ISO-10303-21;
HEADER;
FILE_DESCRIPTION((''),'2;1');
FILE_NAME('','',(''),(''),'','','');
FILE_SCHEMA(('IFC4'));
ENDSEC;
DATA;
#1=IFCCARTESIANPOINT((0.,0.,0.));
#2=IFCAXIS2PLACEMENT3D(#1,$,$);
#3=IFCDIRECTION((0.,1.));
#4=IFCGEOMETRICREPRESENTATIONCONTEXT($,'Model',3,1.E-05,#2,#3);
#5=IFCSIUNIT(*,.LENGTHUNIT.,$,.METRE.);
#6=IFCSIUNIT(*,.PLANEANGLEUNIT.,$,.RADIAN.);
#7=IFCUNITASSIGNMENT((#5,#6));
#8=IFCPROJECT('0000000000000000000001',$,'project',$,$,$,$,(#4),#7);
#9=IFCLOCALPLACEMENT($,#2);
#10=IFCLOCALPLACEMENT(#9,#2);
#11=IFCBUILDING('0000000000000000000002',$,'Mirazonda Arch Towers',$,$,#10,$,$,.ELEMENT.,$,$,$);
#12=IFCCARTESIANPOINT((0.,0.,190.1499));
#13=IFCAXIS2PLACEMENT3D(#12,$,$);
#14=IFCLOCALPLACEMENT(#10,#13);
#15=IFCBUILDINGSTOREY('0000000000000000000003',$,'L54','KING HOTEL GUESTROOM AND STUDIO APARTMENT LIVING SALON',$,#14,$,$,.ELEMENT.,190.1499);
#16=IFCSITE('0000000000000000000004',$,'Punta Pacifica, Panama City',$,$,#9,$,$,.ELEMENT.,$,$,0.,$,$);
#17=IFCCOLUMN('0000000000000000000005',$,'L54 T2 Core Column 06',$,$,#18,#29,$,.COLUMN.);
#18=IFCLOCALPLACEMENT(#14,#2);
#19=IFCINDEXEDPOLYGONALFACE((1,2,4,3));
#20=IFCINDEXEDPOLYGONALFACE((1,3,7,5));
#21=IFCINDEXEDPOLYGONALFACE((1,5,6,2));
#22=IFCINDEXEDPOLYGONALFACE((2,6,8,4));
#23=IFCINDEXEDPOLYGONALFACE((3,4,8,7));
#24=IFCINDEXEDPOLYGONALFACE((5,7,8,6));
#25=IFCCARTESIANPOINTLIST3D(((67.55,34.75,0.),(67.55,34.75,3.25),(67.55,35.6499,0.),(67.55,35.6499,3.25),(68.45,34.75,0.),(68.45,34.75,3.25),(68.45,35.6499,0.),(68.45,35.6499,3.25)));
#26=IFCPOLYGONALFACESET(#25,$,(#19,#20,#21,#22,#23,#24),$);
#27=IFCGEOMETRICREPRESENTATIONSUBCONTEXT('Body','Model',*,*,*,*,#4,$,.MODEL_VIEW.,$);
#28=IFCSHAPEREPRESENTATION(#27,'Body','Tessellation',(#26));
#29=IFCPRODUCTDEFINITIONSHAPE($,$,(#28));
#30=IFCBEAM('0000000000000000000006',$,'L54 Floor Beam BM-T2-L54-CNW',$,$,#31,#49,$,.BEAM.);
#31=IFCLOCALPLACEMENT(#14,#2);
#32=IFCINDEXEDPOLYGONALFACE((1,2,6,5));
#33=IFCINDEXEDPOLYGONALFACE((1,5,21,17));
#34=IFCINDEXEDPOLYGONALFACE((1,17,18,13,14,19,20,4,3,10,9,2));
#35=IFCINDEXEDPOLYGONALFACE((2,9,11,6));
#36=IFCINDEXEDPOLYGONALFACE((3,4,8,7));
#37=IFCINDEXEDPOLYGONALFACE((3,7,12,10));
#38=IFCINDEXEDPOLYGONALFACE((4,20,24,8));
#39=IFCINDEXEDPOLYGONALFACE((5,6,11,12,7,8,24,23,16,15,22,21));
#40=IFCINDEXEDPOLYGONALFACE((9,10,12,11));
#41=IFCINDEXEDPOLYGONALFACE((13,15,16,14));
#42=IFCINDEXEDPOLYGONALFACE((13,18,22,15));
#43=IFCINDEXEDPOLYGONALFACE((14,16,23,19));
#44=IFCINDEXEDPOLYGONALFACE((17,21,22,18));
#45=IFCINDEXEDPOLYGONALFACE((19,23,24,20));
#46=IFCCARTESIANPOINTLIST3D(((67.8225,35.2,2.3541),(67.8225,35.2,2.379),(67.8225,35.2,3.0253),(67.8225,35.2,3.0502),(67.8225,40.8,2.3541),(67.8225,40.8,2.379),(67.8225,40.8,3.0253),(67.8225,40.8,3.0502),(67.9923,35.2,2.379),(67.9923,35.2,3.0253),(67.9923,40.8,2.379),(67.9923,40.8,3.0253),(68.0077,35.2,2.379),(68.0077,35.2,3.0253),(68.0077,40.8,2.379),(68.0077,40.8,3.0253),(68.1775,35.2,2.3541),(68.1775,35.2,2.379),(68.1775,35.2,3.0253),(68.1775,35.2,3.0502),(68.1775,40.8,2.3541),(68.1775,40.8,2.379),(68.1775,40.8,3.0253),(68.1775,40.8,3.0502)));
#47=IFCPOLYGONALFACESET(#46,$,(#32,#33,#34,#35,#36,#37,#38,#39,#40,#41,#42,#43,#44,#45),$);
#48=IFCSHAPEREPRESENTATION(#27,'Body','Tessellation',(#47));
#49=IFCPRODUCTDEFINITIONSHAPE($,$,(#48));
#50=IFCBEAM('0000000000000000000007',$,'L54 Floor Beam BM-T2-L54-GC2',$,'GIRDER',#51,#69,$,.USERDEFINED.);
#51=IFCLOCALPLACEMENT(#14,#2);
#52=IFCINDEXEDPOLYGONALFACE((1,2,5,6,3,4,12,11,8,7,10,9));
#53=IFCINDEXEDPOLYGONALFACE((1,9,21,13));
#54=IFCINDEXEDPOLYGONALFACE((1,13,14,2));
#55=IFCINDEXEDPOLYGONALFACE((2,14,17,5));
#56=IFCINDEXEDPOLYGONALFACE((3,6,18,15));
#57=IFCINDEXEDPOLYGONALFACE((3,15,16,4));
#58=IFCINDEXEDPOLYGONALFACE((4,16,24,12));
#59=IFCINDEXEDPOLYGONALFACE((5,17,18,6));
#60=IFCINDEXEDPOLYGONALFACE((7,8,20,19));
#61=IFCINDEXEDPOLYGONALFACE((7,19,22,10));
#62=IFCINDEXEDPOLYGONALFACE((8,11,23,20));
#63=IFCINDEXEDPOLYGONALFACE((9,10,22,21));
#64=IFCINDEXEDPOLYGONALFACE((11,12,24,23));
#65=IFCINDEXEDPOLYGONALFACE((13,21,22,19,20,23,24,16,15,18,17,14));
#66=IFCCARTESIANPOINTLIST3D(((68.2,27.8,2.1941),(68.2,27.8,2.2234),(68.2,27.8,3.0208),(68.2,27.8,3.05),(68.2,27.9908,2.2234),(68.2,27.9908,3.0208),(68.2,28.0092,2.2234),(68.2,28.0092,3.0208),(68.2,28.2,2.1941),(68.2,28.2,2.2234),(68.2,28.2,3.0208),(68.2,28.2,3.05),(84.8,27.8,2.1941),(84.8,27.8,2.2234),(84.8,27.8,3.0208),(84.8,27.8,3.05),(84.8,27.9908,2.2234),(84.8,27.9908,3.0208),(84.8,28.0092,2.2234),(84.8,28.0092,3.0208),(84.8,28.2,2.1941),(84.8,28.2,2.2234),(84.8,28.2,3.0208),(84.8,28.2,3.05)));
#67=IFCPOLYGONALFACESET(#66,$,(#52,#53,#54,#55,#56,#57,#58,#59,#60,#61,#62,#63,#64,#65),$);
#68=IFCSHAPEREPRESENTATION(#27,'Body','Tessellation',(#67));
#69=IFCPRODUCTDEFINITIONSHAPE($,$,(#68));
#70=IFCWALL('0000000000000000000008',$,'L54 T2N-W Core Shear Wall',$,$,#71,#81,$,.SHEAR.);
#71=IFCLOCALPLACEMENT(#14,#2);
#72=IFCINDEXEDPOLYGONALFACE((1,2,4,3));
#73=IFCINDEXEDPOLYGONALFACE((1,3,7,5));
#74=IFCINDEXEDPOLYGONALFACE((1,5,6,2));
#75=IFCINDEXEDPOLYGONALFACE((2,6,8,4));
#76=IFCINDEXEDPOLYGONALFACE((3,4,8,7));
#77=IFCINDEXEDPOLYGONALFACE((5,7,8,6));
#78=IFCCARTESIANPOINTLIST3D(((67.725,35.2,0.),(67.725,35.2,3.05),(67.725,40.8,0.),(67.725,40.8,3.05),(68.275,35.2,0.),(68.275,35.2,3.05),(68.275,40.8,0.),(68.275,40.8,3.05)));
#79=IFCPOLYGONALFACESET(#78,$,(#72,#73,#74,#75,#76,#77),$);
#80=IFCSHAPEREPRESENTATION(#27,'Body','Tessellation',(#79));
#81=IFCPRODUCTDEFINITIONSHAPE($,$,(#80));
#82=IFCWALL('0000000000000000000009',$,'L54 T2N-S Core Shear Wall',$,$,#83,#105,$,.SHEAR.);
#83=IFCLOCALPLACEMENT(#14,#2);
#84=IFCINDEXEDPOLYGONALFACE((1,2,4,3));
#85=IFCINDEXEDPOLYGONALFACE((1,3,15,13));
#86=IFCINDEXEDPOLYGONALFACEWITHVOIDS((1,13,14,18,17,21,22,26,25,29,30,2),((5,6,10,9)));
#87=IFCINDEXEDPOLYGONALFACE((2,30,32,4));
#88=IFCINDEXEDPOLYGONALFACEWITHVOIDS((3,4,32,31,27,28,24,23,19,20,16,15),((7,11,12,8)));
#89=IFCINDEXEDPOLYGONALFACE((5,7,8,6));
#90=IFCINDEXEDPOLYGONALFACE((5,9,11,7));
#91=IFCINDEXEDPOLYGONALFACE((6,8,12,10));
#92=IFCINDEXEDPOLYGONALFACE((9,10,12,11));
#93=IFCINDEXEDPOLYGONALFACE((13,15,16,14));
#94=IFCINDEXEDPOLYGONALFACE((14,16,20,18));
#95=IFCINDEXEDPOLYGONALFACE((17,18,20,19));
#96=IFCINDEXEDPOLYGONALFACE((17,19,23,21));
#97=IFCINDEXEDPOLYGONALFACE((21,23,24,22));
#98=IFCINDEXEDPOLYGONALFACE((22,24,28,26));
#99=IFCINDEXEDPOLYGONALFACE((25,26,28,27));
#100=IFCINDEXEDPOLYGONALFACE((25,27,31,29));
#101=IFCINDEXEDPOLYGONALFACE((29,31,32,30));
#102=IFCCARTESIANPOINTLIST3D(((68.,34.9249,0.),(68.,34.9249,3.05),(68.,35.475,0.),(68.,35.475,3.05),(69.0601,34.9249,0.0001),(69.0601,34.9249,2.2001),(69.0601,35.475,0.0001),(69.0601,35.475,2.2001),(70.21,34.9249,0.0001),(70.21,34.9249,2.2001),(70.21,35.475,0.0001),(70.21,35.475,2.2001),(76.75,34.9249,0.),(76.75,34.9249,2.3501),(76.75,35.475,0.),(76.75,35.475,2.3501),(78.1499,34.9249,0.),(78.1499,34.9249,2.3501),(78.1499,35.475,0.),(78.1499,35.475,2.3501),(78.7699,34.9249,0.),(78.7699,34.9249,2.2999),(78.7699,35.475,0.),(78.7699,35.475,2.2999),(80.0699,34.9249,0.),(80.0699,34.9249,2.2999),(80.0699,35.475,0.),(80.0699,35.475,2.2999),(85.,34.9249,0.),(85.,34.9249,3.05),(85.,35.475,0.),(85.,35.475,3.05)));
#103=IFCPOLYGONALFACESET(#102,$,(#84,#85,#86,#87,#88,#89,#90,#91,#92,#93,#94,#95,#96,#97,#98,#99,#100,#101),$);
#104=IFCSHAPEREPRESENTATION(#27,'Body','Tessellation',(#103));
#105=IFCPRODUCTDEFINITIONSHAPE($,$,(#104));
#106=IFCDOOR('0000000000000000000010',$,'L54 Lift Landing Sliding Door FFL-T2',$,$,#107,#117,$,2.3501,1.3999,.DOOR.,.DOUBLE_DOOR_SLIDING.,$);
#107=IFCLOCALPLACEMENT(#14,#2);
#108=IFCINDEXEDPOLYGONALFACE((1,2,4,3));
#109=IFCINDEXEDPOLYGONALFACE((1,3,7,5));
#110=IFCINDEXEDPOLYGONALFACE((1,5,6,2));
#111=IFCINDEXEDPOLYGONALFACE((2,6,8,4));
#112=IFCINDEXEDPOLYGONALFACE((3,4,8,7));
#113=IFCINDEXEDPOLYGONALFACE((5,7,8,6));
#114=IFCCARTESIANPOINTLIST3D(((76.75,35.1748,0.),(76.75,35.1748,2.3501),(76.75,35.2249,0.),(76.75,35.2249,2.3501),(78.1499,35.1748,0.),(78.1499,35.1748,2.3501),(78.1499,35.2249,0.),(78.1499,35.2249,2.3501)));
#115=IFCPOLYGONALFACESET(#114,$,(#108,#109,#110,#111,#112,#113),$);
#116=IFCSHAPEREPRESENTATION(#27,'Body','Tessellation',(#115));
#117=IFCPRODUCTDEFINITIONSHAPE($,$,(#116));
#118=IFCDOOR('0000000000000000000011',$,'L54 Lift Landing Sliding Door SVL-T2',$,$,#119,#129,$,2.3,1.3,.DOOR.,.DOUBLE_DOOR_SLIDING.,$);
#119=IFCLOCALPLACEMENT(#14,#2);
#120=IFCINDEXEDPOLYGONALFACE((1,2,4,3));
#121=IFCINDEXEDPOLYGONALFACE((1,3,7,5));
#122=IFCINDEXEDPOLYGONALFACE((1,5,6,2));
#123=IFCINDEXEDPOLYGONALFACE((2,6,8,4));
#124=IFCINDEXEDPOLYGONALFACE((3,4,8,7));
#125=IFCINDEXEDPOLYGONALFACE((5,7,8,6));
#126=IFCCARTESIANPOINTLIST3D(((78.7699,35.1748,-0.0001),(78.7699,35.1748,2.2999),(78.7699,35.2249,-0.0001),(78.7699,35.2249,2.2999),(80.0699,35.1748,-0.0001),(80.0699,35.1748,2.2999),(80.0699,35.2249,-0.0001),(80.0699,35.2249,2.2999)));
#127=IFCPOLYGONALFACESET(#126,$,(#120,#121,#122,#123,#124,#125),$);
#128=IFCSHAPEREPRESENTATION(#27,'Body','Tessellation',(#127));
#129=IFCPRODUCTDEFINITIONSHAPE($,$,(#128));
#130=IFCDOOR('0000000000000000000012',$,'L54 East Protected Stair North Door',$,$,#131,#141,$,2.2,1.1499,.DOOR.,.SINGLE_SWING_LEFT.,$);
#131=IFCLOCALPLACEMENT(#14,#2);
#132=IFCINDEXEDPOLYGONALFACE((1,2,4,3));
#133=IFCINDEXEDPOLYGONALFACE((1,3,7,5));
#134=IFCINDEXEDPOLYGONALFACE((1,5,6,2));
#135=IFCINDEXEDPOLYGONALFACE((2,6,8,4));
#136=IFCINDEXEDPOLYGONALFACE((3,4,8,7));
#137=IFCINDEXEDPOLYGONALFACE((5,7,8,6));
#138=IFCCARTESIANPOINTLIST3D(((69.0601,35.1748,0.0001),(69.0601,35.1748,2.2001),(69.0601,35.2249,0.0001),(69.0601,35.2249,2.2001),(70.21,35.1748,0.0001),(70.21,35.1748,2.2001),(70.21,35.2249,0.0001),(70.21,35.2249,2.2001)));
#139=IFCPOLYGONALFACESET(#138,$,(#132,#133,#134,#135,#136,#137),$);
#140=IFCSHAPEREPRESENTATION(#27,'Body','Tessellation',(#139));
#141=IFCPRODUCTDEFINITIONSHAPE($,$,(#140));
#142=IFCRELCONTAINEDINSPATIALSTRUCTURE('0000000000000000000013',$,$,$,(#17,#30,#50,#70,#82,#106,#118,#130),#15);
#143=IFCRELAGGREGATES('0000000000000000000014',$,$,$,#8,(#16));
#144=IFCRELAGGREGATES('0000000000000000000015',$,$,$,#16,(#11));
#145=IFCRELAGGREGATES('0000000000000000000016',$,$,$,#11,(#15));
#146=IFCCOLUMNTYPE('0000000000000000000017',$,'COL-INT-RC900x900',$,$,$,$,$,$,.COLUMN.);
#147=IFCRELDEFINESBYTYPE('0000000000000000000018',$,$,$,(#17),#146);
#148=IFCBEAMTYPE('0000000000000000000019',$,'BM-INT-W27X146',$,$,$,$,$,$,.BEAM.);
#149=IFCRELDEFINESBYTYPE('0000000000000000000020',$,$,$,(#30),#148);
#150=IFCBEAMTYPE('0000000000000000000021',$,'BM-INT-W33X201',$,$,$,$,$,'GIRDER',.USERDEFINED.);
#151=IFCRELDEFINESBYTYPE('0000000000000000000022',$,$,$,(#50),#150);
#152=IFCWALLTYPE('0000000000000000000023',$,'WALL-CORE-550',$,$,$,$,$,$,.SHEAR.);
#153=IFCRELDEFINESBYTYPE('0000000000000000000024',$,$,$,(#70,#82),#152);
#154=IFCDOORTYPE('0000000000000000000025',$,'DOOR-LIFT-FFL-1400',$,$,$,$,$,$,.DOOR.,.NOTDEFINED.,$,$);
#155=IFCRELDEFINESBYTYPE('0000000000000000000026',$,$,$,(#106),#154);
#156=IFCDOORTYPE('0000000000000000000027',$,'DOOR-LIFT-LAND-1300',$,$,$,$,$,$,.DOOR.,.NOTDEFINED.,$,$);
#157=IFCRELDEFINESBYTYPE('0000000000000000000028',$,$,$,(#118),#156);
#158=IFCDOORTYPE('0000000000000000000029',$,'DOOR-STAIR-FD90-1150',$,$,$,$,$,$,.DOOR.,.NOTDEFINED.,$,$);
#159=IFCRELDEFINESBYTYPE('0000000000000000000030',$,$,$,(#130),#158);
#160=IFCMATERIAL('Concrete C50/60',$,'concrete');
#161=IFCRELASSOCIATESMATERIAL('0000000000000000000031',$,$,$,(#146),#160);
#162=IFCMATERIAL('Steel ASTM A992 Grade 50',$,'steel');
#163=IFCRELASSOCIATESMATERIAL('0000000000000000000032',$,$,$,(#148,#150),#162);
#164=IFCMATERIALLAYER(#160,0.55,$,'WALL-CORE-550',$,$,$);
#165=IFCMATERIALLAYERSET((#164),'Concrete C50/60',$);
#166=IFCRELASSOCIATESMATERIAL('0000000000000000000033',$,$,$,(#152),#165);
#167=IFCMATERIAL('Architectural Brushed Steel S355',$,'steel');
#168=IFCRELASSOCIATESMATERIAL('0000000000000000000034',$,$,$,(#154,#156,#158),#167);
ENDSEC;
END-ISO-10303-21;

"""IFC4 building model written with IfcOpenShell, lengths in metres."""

from ifc_helpers import new_model, si_unit, direction, frame, frame_2d, origin, origin_2d, place, context, subcontext, project, spatial, rectangle, i_section, extrude, material, layer, layer_set, material_profile, profile_set, type_object, element, fill, save


model = new_model("IFC4")

# Units and contexts
model_context = context("Model", 3, precision=1e-05, world=origin(), true_north=direction((0.0, 1.0)))
body_context = subcontext(model_context, "Body", "Model", "MODEL_VIEW")
ifc_project = project(units=[si_unit("LENGTHUNIT", "METRE"), si_unit("PLANEANGLEUNIT", "RADIAN")], contexts=[model_context])

# Site, building, storey
site_placement = place(None, origin())
site = spatial("IfcSite", under=ifc_project, at=site_placement, Name="Punta Pacifica, Panama City", CompositionType="ELEMENT", RefElevation=0.0)
building_placement = place(site_placement, origin())
building = spatial("IfcBuilding", under=site, at=building_placement, Name="Mirazonda Arch Towers", CompositionType="ELEMENT")
storey_placement = place(building_placement, frame((0.0, 0.0, 190.1499)))
storey = spatial("IfcBuildingStorey", under=building, at=storey_placement, Name="L54", Description="KING HOTEL GUESTROOM AND STUDIO APARTMENT LIVING SALON", CompositionType="ELEMENT", Elevation=190.1499)

# Column
ifc_material_1 = material(Name="Concrete C50/60", Category="concrete")
ifc_material_profile_1 = material_profile(ifc_material_1, rectangle(XDim=0.8999, YDim=0.8999, at=origin_2d()), Name="RC900x900")
ifc_profile_set_1 = profile_set([ifc_material_profile_1], Name="Concrete C50/60")
column_type = type_object("IfcColumnType", Name="COL-INT-RC900x900", PredefinedType="COLUMN", material=ifc_profile_set_1)
column_placement = place(storey_placement, frame((68.0, 35.2, 0.0), z_axis=(0.0, 0.0, 1.0), x_axis=(1.0, 0.0, 0.0)))
element("IfcColumn", 1, at=column_placement, inside=storey, type_object=column_type, Name="L54 T2 Core Column 06", PredefinedType="COLUMN", context=body_context, shape_type="SweptSolid", body=[
    extrude(rectangle(XDim=0.8999, YDim=0.8999, at=origin_2d()), origin(), (0.0, 0.0, 1.0), 3.25),
])

# Beams
ifc_material_2 = material(Name="Steel ASTM A992 Grade 50", Category="steel")
ifc_material_profile_2 = material_profile(ifc_material_2, i_section(OverallWidth=0.355, OverallDepth=0.696, WebThickness=0.0154, FlangeThickness=0.0249, at=origin_2d()), Name="W27X146")
ifc_profile_set_2 = profile_set([ifc_material_profile_2], Name="Steel ASTM A992 Grade 50")
beam_type_1 = type_object("IfcBeamType", Name="BM-INT-W27X146", PredefinedType="BEAM", material=ifc_profile_set_2)
beam_1_placement = place(storey_placement, frame((68.0, 35.2, 2.7021), z_axis=(0.0, 1.0, 0.0), x_axis=(-1.0, 0.0, 0.0)))
element("IfcBeam", 2, at=beam_1_placement, inside=storey, type_object=beam_type_1, Name="L54 Floor Beam BM-T2-L54-CNW", PredefinedType="BEAM", context=body_context, shape_type="SweptSolid", body=[
    extrude(i_section(OverallWidth=0.355, OverallDepth=0.696, WebThickness=0.0154, FlangeThickness=0.0249, at=origin_2d()), origin(), (0.0, 0.0, 1.0), 5.6001),
])
ifc_material_profile_3 = material_profile(ifc_material_2, i_section(OverallWidth=0.3999, OverallDepth=0.856, WebThickness=0.0183, FlangeThickness=0.0293, at=origin_2d()), Name="W33X201")
ifc_profile_set_3 = profile_set([ifc_material_profile_3], Name="Steel ASTM A992 Grade 50")
beam_type_2 = type_object("IfcBeamType", Name="BM-INT-W33X201", ElementType="GIRDER", PredefinedType="USERDEFINED", material=ifc_profile_set_3)
beam_2_placement = place(storey_placement, frame((68.2, 28.0, 2.6221), z_axis=(1.0, 0.0, 0.0), x_axis=(0.0, 1.0, 0.0)))
element("IfcBeam", 3, at=beam_2_placement, inside=storey, type_object=beam_type_2, Name="L54 Floor Beam BM-T2-L54-GC2", ObjectType="GIRDER", PredefinedType="USERDEFINED", context=body_context, shape_type="SweptSolid", body=[
    extrude(i_section(OverallWidth=0.3999, OverallDepth=0.856, WebThickness=0.0183, FlangeThickness=0.0293, at=origin_2d()), origin(), (0.0, 0.0, 1.0), 16.6001),
])

# Wall
ifc_layer_1 = layer(ifc_material_1, 0.55, Name="WALL-CORE-550")
ifc_layer_set_1 = layer_set([ifc_layer_1], Name="Concrete C50/60")
wall_type_1 = type_object("IfcWallType", Name="WALL-CORE-550", PredefinedType="SHEAR", material=ifc_layer_set_1)
wall_1_placement = place(storey_placement, frame((68.0, 35.2, 0.0), z_axis=(0.0, 0.0, 1.0), x_axis=(0.0, 1.0, 0.0)))
element("IfcWall", 4, at=wall_1_placement, inside=storey, type_object=wall_type_1, Name="L54 T2N-W Core Shear Wall", PredefinedType="SHEAR", context=body_context, shape_type="SweptSolid", body=[
    extrude(rectangle(XDim=5.6001, YDim=0.55, at=frame_2d((2.8, 0.0))), origin(), (0.0, 0.0, 1.0), 3.05),
])

# Wall, openings, doors
wall_2_placement = place(storey_placement, frame((68.0, 35.2, 0.0), z_axis=(0.0, 0.0, 1.0), x_axis=(1.0, 0.0, 0.0)))
wall_2 = element("IfcWall", 5, at=wall_2_placement, inside=storey, type_object=wall_type_1, Name="L54 T2N-S Core Shear Wall", PredefinedType="SHEAR", context=body_context, shape_type="SweptSolid", body=[
    extrude(rectangle(XDim=17.0, YDim=0.55, at=frame_2d((8.5, 0.0))), origin(), (0.0, 0.0, 1.0), 3.05),
])
opening_1_placement = place(wall_2_placement, frame((1.0601, 0.0, 0.0)))
opening_1 = element("IfcOpeningElement", 6, at=opening_1_placement, cuts=wall_2, PredefinedType="OPENING", context=body_context, shape_type="SweptSolid", body=[
    extrude(rectangle(XDim=1.1499, YDim=2.2, at=frame_2d((0.575, 1.1001))), frame((0.0, 0.2849, 0.0), z_axis=(0.0, -1.0, 0.0), x_axis=(1.0, 0.0, 0.0)), (0.0, 0.0, 1.0), 0.5701),
])
opening_2_placement = place(wall_2_placement, frame((8.75, 0.0, 0.0)))
opening_2 = element("IfcOpeningElement", 7, at=opening_2_placement, cuts=wall_2, PredefinedType="OPENING", context=body_context, shape_type="SweptSolid", body=[
    extrude(rectangle(XDim=1.3999, YDim=2.3501, at=frame_2d((0.7, 1.175))), frame((0.0, 0.2849, 0.0), z_axis=(0.0, -1.0, 0.0), x_axis=(1.0, 0.0, 0.0)), (0.0, 0.0, 1.0), 0.5701),
])
opening_3_placement = place(wall_2_placement, frame((10.77, 0.0, 0.0)))
opening_3 = element("IfcOpeningElement", 8, at=opening_3_placement, cuts=wall_2, PredefinedType="OPENING", context=body_context, shape_type="SweptSolid", body=[
    extrude(rectangle(XDim=1.3, YDim=2.3, at=frame_2d((0.6499, 1.1499))), frame((0.0, 0.2849, 0.0), z_axis=(0.0, -1.0, 0.0), x_axis=(1.0, 0.0, 0.0)), (0.0, 0.0, 1.0), 0.5701),
])
ifc_material_3 = material(Name="Architectural Brushed Steel S355", Category="steel")
door_type_1 = type_object("IfcDoorType", Name="DOOR-LIFT-FFL-1400", OperationType="NOTDEFINED", PredefinedType="DOOR", material=ifc_material_3)
door_1_placement = place(opening_2_placement, origin())
door_1 = element("IfcDoor", 9, at=door_1_placement, inside=storey, type_object=door_type_1, Name="L54 Lift Landing Sliding Door FFL-T2", OperationType="DOUBLE_DOOR_SLIDING", OverallHeight=2.3501, OverallWidth=1.3999, PredefinedType="DOOR", context=body_context, shape_type="SweptSolid", body=[
    extrude(rectangle(XDim=1.3999, YDim=2.3501, at=frame_2d((0.7, 1.175))), frame((0.0, 0.0249, 0.0), z_axis=(0.0, -1.0, 0.0), x_axis=(1.0, 0.0, 0.0)), (0.0, 0.0, 1.0), 0.05),
])
fill(opening_2, door_1)
door_type_2 = type_object("IfcDoorType", Name="DOOR-LIFT-LAND-1300", OperationType="NOTDEFINED", PredefinedType="DOOR", material=ifc_material_3)
door_2_placement = place(opening_3_placement, origin())
door_2 = element("IfcDoor", 10, at=door_2_placement, inside=storey, type_object=door_type_2, Name="L54 Lift Landing Sliding Door SVL-T2", OperationType="DOUBLE_DOOR_SLIDING", OverallHeight=2.3, OverallWidth=1.3, PredefinedType="DOOR", context=body_context, shape_type="SweptSolid", body=[
    extrude(rectangle(XDim=1.3, YDim=2.3, at=frame_2d((0.6499, 1.1499))), frame((0.0, 0.0249, 0.0), z_axis=(0.0, -1.0, 0.0), x_axis=(1.0, 0.0, 0.0)), (0.0, 0.0, 1.0), 0.05),
])
fill(opening_3, door_2)
door_type_3 = type_object("IfcDoorType", Name="DOOR-STAIR-FD90-1150", OperationType="NOTDEFINED", PredefinedType="DOOR", material=ifc_material_3)
door_3_placement = place(opening_1_placement, origin())
door_3 = element("IfcDoor", 11, at=door_3_placement, inside=storey, type_object=door_type_3, Name="L54 East Protected Stair North Door", OperationType="SINGLE_SWING_LEFT", OverallHeight=2.2, OverallWidth=1.1499, PredefinedType="DOOR", context=body_context, shape_type="SweptSolid", body=[
    extrude(rectangle(XDim=1.1499, YDim=2.2, at=frame_2d((0.575, 1.1001))), frame((0.0, 0.0249, 0.0), z_axis=(0.0, -1.0, 0.0), x_axis=(1.0, 0.0, 0.0)), (0.0, 0.0, 1.0), 0.05),
])
fill(opening_1, door_3)

save(model, "model.ifc")
